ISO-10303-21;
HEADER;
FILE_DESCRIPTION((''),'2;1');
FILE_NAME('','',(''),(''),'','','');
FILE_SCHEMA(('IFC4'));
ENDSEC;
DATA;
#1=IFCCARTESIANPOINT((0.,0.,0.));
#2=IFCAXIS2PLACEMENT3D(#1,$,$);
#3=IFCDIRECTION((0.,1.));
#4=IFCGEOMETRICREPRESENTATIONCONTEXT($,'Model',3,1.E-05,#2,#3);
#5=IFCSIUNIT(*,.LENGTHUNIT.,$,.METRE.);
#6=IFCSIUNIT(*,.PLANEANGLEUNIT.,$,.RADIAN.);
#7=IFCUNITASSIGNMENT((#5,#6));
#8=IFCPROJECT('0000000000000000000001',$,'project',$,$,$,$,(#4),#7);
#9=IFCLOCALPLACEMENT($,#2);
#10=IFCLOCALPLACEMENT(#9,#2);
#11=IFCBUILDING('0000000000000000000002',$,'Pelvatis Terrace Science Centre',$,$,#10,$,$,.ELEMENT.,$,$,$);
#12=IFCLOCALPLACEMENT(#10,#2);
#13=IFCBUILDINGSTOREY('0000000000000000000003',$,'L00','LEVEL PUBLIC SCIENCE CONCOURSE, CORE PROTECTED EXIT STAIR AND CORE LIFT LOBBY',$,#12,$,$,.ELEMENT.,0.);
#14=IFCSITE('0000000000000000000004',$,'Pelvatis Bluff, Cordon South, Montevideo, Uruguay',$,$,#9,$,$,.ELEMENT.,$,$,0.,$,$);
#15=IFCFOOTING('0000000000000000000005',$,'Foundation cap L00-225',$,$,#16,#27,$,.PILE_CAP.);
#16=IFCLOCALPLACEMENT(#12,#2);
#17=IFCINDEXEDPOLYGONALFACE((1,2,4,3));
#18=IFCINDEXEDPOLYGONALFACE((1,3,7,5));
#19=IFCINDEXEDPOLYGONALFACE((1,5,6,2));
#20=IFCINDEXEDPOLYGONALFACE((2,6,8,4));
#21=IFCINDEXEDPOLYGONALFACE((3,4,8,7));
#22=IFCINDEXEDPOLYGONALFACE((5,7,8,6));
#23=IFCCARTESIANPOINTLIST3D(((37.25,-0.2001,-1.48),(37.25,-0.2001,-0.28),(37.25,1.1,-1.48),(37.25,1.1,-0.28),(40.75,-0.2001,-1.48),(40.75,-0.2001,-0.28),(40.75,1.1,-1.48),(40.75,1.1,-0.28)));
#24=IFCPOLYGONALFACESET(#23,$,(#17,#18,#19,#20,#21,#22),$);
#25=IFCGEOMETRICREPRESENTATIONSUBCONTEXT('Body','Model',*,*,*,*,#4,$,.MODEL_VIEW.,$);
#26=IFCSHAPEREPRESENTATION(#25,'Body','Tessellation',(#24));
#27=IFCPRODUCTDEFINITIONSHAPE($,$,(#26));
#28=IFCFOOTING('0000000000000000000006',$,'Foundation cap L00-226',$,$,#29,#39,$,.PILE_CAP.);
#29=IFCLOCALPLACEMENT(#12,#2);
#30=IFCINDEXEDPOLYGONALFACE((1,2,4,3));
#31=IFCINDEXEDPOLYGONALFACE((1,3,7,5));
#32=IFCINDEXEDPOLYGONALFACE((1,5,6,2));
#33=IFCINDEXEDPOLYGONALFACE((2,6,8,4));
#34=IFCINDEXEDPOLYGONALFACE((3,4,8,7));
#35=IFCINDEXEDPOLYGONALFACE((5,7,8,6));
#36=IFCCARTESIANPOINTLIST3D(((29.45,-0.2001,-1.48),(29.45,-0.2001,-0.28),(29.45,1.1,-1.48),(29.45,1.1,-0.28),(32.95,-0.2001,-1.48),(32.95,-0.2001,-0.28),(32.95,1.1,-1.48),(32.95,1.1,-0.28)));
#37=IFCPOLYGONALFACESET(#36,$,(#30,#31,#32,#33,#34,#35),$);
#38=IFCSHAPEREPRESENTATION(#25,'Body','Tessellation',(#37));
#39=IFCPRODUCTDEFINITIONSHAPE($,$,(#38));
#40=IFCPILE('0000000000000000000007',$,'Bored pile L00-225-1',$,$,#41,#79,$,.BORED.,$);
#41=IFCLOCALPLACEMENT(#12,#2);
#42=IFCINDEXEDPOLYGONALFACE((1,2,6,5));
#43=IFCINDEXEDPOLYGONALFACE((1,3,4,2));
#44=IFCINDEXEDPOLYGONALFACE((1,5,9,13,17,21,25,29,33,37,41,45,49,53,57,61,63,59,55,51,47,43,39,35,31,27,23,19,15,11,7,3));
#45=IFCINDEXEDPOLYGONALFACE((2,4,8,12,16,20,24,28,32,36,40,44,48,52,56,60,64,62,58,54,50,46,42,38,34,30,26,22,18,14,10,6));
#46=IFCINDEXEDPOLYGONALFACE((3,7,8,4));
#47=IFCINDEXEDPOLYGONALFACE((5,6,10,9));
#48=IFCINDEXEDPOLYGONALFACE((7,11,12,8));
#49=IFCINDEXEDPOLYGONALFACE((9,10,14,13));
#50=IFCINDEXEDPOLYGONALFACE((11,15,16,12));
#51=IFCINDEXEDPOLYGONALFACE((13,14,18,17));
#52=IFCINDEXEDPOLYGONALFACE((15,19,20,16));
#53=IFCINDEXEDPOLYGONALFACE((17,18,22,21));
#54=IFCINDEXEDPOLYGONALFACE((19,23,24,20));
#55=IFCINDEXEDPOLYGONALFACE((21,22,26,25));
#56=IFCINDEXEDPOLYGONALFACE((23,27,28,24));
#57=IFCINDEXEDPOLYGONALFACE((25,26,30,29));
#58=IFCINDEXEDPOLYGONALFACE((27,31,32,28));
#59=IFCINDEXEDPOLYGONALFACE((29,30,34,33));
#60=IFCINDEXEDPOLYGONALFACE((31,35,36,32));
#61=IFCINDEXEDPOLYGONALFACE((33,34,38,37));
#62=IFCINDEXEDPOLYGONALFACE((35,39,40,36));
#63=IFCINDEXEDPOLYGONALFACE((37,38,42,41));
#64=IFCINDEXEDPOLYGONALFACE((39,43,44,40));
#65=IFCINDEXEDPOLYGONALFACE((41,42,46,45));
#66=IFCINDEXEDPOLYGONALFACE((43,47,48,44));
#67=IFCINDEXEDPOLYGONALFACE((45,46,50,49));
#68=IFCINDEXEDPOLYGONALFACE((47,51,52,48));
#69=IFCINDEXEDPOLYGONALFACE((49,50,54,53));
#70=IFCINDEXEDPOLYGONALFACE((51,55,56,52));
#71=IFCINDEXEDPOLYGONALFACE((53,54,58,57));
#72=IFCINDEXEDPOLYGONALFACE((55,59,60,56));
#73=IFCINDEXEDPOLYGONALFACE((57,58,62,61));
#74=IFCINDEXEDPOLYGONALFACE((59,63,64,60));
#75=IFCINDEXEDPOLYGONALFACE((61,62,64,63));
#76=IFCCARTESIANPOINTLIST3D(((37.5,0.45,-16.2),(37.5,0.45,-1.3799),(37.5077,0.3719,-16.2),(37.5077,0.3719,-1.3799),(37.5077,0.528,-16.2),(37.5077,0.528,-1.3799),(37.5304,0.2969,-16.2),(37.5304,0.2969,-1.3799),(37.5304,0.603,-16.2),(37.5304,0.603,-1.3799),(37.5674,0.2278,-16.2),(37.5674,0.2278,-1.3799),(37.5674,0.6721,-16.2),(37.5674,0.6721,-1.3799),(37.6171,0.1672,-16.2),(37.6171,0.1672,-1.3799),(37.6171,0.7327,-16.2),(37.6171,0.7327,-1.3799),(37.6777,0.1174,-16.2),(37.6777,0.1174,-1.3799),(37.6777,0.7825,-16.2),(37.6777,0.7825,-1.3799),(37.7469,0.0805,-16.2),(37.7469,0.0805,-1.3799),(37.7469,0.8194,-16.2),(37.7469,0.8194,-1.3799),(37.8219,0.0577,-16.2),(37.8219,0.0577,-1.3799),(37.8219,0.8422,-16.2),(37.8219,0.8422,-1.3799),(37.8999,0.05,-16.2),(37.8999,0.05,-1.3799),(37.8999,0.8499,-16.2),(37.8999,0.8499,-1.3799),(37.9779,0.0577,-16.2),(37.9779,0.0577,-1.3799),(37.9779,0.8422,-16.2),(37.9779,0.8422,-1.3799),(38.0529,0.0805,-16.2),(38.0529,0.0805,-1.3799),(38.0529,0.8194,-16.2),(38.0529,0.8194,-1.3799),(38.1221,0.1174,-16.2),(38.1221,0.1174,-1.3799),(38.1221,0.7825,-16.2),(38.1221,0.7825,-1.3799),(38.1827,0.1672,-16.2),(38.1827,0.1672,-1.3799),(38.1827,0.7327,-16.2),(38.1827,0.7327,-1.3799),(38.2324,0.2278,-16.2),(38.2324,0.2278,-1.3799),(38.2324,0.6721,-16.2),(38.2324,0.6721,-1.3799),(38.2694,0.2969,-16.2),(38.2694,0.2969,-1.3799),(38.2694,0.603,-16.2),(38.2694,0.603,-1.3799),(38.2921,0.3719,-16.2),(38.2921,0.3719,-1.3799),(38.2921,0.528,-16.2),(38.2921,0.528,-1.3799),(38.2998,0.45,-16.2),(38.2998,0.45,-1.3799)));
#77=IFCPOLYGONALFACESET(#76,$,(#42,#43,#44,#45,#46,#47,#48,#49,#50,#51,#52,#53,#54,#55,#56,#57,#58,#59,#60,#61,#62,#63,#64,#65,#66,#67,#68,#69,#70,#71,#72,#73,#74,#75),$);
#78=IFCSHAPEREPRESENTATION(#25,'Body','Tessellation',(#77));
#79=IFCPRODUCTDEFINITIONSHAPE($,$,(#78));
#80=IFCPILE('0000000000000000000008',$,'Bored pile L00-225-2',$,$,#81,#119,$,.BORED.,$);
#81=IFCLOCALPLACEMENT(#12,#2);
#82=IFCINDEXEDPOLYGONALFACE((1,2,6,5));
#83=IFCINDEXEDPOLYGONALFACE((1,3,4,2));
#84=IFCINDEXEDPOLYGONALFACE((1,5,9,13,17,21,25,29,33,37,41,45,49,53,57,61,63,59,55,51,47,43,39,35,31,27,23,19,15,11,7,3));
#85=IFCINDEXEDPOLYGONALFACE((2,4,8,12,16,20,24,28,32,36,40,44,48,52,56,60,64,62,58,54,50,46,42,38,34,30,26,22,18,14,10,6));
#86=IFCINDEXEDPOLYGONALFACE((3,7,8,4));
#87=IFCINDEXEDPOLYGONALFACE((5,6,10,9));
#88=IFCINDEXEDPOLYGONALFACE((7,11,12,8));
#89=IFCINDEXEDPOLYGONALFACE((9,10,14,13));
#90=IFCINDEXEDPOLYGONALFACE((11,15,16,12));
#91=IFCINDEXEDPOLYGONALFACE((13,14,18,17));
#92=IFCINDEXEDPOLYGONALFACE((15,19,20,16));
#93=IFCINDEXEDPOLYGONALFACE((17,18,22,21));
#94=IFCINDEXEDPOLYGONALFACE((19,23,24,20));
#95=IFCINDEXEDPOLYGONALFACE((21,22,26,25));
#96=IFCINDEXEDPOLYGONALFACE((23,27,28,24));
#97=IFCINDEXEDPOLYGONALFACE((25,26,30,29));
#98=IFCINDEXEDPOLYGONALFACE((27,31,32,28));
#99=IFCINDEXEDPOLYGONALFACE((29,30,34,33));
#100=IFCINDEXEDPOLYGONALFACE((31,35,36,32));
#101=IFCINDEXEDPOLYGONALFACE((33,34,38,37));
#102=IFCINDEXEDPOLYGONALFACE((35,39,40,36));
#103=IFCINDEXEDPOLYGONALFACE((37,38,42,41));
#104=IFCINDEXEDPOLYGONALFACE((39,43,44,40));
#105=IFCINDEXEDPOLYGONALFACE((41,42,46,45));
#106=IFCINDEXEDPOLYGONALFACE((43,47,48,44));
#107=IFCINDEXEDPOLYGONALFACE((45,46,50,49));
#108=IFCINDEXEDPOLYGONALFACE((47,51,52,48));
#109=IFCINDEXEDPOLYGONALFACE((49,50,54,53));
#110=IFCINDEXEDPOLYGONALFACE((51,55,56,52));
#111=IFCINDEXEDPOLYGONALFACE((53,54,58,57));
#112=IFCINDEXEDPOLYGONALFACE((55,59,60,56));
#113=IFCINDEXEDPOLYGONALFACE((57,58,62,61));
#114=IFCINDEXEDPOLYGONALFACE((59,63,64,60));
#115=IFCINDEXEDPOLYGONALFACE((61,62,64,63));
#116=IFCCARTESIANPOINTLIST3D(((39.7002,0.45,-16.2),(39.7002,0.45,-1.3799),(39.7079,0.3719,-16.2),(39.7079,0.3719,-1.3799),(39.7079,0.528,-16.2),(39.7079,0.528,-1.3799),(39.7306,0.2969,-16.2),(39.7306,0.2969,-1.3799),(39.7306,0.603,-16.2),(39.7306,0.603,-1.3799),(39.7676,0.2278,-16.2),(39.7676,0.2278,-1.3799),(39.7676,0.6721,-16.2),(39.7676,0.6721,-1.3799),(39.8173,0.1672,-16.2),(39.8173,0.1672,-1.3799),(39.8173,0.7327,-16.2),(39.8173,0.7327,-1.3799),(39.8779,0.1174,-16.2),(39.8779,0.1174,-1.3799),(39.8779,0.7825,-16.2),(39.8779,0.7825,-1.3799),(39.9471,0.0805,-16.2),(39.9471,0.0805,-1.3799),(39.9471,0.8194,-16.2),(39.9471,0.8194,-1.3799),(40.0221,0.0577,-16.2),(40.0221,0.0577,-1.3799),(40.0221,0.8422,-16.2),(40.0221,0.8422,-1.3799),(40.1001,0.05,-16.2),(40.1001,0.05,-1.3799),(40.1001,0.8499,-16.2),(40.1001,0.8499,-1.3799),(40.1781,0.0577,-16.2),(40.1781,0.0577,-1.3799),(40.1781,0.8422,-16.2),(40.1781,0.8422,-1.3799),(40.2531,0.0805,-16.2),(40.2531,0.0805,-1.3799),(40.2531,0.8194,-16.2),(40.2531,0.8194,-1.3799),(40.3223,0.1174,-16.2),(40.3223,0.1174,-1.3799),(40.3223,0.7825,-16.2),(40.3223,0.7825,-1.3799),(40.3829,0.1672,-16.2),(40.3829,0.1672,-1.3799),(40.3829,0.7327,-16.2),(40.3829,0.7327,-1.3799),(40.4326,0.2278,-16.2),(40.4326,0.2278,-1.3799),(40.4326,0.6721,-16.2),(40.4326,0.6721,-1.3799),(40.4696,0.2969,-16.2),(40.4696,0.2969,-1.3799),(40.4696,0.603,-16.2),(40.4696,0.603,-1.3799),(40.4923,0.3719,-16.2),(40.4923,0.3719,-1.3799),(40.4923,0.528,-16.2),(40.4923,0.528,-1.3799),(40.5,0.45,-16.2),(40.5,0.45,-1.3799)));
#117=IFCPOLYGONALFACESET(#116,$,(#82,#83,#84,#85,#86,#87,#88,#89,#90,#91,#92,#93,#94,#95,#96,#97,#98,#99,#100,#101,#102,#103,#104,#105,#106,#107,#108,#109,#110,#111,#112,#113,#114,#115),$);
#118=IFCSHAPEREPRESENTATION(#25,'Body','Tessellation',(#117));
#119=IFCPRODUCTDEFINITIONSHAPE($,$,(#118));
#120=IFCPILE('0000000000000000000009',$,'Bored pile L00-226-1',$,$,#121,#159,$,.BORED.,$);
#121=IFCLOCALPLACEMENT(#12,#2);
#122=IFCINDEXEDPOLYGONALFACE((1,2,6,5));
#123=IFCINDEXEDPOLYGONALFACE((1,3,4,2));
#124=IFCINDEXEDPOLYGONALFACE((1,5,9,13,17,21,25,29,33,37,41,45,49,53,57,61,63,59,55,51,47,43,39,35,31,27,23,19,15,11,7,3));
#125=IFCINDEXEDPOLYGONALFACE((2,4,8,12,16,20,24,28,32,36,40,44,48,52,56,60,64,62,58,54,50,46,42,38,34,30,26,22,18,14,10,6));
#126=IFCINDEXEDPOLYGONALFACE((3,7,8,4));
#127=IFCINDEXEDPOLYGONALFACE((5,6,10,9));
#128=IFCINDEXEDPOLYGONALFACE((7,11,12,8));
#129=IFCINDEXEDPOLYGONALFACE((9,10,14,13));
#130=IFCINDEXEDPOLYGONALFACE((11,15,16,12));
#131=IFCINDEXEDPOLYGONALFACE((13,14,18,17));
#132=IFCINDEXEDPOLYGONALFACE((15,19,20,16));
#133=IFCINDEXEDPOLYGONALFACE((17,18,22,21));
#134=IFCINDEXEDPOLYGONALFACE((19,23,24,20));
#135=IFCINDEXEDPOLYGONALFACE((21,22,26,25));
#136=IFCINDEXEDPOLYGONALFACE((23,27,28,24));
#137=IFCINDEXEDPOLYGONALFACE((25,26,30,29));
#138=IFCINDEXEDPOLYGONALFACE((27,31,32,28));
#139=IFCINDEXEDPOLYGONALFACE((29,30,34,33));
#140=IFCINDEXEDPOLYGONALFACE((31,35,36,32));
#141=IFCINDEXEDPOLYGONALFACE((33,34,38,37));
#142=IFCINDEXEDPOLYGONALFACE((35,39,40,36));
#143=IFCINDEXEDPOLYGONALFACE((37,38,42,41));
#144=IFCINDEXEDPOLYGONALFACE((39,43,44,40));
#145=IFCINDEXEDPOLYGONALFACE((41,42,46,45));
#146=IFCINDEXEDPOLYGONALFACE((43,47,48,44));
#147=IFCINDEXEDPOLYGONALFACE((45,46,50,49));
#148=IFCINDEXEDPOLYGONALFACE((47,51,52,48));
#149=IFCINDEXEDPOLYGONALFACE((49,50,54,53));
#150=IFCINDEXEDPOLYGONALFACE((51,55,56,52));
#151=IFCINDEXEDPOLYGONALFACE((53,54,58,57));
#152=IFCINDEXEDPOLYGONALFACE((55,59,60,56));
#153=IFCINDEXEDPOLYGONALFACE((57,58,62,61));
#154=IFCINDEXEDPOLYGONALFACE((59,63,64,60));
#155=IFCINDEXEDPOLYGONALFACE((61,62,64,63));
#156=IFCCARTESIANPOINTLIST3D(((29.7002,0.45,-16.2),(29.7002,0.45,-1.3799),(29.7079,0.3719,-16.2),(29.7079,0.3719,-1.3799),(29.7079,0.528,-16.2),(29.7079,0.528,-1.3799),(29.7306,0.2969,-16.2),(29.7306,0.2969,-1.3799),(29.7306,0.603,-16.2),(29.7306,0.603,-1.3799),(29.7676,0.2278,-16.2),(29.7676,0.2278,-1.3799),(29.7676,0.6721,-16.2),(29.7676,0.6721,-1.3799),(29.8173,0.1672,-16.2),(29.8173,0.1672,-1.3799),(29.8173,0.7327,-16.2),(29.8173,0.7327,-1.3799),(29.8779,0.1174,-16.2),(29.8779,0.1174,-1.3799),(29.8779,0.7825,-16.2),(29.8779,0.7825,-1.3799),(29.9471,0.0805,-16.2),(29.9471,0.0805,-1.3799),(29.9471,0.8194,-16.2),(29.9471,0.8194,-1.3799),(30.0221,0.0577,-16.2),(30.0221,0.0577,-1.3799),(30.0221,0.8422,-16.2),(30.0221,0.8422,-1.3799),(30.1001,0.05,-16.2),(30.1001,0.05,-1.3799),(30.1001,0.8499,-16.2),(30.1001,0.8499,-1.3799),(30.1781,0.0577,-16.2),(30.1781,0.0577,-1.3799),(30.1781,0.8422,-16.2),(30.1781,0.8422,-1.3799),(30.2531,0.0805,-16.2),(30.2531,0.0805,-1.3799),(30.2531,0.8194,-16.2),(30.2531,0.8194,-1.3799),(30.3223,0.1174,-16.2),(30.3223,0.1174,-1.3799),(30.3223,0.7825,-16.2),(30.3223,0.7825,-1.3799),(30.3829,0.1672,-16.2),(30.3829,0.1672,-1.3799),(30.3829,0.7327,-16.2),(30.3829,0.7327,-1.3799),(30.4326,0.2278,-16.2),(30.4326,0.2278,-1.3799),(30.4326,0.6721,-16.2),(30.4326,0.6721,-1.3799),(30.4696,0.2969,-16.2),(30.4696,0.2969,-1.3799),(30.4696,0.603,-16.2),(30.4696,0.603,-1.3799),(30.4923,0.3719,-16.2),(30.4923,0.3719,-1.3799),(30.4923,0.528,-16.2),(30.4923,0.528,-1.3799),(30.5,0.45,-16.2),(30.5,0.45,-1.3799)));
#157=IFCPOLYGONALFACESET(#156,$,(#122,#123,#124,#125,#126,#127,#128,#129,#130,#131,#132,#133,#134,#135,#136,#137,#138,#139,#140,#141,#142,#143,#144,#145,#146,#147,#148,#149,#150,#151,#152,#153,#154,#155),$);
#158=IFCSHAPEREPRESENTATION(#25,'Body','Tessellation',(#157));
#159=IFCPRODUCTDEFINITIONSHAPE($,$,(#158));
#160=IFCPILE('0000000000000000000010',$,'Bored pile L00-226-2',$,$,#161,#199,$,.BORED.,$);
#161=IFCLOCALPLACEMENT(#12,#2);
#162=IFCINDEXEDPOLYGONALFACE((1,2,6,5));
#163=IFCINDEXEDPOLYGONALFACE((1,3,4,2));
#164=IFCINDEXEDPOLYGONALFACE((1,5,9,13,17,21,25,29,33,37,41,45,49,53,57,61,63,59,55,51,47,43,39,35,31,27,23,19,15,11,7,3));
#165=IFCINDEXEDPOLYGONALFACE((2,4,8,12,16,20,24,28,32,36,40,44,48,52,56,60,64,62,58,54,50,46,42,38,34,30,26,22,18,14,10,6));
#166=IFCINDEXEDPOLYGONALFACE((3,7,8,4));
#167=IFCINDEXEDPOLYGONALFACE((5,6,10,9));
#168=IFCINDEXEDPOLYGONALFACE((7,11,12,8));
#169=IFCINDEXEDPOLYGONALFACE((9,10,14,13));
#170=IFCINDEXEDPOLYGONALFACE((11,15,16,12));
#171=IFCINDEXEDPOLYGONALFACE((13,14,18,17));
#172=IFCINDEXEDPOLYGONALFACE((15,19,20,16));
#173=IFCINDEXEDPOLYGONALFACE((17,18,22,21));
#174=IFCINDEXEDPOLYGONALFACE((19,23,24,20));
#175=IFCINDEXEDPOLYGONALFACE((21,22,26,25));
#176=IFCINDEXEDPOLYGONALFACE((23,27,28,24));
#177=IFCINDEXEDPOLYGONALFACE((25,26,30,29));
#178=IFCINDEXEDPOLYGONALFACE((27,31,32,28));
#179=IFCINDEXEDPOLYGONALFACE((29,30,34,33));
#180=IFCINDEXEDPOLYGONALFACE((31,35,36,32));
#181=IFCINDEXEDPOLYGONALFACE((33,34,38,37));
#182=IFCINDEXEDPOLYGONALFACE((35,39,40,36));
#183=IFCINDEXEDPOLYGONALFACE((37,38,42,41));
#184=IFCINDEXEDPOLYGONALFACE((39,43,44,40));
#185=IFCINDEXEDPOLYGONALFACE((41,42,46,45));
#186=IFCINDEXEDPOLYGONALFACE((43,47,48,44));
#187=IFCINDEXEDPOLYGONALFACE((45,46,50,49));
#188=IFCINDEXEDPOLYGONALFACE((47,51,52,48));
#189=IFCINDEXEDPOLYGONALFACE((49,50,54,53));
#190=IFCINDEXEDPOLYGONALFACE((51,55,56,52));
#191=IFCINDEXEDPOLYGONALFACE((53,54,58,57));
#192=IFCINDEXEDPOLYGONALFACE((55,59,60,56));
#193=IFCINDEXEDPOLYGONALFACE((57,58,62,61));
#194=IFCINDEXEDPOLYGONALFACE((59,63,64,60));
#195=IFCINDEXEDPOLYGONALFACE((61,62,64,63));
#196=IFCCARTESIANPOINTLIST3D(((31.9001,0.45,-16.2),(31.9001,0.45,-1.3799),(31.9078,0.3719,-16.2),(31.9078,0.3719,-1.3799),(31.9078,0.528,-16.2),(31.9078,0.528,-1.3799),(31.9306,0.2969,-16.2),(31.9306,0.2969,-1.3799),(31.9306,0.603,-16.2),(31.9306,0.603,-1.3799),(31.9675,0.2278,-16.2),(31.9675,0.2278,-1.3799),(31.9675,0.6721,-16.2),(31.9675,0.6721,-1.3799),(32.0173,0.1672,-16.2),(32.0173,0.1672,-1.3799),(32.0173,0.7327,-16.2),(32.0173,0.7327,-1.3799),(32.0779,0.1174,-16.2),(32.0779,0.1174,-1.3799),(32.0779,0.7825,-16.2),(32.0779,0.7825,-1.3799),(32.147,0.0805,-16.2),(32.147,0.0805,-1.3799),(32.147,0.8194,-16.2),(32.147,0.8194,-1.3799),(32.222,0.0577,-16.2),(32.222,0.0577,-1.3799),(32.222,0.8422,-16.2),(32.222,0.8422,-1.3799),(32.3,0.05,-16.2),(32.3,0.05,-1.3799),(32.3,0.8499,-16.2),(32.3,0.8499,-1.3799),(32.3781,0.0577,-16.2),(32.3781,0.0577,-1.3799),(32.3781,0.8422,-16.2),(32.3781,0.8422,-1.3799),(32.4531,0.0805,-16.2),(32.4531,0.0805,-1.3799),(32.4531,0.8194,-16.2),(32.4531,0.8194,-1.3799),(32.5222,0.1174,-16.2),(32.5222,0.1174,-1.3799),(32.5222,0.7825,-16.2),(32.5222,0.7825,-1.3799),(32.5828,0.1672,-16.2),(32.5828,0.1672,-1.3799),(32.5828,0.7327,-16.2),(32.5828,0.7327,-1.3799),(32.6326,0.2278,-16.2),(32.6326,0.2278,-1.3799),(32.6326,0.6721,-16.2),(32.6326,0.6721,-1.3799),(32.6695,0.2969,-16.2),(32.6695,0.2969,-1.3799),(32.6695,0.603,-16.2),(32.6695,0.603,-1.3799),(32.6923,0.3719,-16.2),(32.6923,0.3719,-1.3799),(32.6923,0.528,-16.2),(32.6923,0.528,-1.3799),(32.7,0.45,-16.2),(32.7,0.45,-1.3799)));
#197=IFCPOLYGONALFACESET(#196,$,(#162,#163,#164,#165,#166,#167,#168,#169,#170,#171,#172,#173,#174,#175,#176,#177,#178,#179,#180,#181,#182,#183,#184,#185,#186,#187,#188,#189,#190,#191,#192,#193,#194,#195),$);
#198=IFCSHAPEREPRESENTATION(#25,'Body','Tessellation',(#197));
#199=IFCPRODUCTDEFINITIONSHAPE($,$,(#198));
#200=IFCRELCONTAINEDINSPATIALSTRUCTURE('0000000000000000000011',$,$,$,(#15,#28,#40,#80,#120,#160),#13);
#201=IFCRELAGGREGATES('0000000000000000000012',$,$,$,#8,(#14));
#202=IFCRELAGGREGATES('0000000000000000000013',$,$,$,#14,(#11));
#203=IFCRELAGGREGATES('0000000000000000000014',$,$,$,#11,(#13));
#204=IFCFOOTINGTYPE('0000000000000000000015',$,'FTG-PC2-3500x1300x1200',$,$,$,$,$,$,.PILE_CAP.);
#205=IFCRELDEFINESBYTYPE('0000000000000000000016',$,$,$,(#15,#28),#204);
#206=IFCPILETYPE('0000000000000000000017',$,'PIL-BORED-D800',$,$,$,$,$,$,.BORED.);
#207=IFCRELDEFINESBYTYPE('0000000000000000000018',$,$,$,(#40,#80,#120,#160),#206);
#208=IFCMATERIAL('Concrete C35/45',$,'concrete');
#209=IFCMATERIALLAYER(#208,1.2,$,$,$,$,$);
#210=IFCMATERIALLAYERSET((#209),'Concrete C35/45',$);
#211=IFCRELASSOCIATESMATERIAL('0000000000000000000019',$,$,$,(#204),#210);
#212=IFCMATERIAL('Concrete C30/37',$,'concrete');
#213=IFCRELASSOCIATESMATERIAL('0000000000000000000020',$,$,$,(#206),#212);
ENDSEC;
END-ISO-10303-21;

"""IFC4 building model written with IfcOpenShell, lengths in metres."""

from ifc_helpers import new_model, si_unit, direction, frame, origin, origin_2d, place, context, subcontext, project, spatial, rectangle, circle, extrude, material, layer, layer_set, material_profile, profile_set, type_object, element, save


model = new_model("IFC4")

# Units and contexts
model_context = context("Model", 3, precision=1e-05, world=origin(), true_north=direction((0.0, 1.0)))
body_context = subcontext(model_context, "Body", "Model", "MODEL_VIEW")
ifc_project = project(units=[si_unit("LENGTHUNIT", "METRE"), si_unit("PLANEANGLEUNIT", "RADIAN")], contexts=[model_context])

# Site, building, storey
site_placement = place(None, origin())
site = spatial("IfcSite", under=ifc_project, at=site_placement, Name="Pelvatis Bluff, Cordon South, Montevideo, Uruguay", CompositionType="ELEMENT", RefElevation=0.0)
building_placement = place(site_placement, origin())
building = spatial("IfcBuilding", under=site, at=building_placement, Name="Pelvatis Terrace Science Centre", CompositionType="ELEMENT")
storey_placement = place(building_placement, origin())
storey = spatial("IfcBuildingStorey", under=building, at=storey_placement, Name="L00", Description="LEVEL PUBLIC SCIENCE CONCOURSE, CORE PROTECTED EXIT STAIR AND CORE LIFT LOBBY", CompositionType="ELEMENT", Elevation=0.0)

# Footings
ifc_material_1 = material(Name="Concrete C35/45", Category="concrete")
ifc_layer_1 = layer(ifc_material_1, 1.2)
ifc_layer_set_1 = layer_set([ifc_layer_1], Name="Concrete C35/45")
footing_type = type_object("IfcFootingType", Name="FTG-PC2-3500x1300x1200", PredefinedType="PILE_CAP", material=ifc_layer_set_1)
for number, where, z_axis, x_axis, name in (
    (1, (39.0, 0.45, -1.48), (0.0, 0.0, 1.0), (1.0, 0.0, 0.0), "Foundation cap L00-225"),
    (2, (31.2, 0.45, -1.48), (0.0, 0.0, 1.0), (1.0, 0.0, 0.0), "Foundation cap L00-226"),
):
    element("IfcFooting", number, at=place(storey_placement, frame(where, z_axis=z_axis, x_axis=x_axis)), inside=storey, type_object=footing_type, Name=name, PredefinedType="PILE_CAP", context=body_context, shape_type="SweptSolid", body=[
        extrude(rectangle(XDim=3.5, YDim=1.3, at=origin_2d()), origin(), (0.0, 0.0, 1.0), 1.2),
    ])

# Piles
ifc_material_2 = material(Name="Concrete C30/37", Category="concrete")
ifc_material_profile_1 = material_profile(ifc_material_2, circle(Radius=0.3999, at=origin_2d()), Name="PILE D800")
ifc_profile_set_1 = profile_set([ifc_material_profile_1], Name="Concrete C30/37")
pile_type = type_object("IfcPileType", Name="PIL-BORED-D800", PredefinedType="BORED", material=ifc_profile_set_1)
for number, where, z_axis, x_axis, name in (
    (3, (37.8999, 0.45, -1.3799), (0.0, 0.0, -1.0), (1.0, 0.0, 0.0), "Bored pile L00-225-1"),
    (4, (40.1001, 0.45, -1.3799), (0.0, 0.0, -1.0), (1.0, 0.0, 0.0), "Bored pile L00-225-2"),
    (5, (30.1001, 0.45, -1.3799), (0.0, 0.0, -1.0), (1.0, 0.0, 0.0), "Bored pile L00-226-1"),
    (6, (32.3, 0.45, -1.3799), (0.0, 0.0, -1.0), (1.0, 0.0, 0.0), "Bored pile L00-226-2"),
):
    element("IfcPile", number, at=place(storey_placement, frame(where, z_axis=z_axis, x_axis=x_axis)), inside=storey, type_object=pile_type, Name=name, PredefinedType="BORED", context=body_context, shape_type="SweptSolid", body=[
        extrude(circle(Radius=0.3999, at=origin_2d()), origin(), (0.0, 0.0, 1.0), 14.8201),
    ])

save(model, "model.ifc")
